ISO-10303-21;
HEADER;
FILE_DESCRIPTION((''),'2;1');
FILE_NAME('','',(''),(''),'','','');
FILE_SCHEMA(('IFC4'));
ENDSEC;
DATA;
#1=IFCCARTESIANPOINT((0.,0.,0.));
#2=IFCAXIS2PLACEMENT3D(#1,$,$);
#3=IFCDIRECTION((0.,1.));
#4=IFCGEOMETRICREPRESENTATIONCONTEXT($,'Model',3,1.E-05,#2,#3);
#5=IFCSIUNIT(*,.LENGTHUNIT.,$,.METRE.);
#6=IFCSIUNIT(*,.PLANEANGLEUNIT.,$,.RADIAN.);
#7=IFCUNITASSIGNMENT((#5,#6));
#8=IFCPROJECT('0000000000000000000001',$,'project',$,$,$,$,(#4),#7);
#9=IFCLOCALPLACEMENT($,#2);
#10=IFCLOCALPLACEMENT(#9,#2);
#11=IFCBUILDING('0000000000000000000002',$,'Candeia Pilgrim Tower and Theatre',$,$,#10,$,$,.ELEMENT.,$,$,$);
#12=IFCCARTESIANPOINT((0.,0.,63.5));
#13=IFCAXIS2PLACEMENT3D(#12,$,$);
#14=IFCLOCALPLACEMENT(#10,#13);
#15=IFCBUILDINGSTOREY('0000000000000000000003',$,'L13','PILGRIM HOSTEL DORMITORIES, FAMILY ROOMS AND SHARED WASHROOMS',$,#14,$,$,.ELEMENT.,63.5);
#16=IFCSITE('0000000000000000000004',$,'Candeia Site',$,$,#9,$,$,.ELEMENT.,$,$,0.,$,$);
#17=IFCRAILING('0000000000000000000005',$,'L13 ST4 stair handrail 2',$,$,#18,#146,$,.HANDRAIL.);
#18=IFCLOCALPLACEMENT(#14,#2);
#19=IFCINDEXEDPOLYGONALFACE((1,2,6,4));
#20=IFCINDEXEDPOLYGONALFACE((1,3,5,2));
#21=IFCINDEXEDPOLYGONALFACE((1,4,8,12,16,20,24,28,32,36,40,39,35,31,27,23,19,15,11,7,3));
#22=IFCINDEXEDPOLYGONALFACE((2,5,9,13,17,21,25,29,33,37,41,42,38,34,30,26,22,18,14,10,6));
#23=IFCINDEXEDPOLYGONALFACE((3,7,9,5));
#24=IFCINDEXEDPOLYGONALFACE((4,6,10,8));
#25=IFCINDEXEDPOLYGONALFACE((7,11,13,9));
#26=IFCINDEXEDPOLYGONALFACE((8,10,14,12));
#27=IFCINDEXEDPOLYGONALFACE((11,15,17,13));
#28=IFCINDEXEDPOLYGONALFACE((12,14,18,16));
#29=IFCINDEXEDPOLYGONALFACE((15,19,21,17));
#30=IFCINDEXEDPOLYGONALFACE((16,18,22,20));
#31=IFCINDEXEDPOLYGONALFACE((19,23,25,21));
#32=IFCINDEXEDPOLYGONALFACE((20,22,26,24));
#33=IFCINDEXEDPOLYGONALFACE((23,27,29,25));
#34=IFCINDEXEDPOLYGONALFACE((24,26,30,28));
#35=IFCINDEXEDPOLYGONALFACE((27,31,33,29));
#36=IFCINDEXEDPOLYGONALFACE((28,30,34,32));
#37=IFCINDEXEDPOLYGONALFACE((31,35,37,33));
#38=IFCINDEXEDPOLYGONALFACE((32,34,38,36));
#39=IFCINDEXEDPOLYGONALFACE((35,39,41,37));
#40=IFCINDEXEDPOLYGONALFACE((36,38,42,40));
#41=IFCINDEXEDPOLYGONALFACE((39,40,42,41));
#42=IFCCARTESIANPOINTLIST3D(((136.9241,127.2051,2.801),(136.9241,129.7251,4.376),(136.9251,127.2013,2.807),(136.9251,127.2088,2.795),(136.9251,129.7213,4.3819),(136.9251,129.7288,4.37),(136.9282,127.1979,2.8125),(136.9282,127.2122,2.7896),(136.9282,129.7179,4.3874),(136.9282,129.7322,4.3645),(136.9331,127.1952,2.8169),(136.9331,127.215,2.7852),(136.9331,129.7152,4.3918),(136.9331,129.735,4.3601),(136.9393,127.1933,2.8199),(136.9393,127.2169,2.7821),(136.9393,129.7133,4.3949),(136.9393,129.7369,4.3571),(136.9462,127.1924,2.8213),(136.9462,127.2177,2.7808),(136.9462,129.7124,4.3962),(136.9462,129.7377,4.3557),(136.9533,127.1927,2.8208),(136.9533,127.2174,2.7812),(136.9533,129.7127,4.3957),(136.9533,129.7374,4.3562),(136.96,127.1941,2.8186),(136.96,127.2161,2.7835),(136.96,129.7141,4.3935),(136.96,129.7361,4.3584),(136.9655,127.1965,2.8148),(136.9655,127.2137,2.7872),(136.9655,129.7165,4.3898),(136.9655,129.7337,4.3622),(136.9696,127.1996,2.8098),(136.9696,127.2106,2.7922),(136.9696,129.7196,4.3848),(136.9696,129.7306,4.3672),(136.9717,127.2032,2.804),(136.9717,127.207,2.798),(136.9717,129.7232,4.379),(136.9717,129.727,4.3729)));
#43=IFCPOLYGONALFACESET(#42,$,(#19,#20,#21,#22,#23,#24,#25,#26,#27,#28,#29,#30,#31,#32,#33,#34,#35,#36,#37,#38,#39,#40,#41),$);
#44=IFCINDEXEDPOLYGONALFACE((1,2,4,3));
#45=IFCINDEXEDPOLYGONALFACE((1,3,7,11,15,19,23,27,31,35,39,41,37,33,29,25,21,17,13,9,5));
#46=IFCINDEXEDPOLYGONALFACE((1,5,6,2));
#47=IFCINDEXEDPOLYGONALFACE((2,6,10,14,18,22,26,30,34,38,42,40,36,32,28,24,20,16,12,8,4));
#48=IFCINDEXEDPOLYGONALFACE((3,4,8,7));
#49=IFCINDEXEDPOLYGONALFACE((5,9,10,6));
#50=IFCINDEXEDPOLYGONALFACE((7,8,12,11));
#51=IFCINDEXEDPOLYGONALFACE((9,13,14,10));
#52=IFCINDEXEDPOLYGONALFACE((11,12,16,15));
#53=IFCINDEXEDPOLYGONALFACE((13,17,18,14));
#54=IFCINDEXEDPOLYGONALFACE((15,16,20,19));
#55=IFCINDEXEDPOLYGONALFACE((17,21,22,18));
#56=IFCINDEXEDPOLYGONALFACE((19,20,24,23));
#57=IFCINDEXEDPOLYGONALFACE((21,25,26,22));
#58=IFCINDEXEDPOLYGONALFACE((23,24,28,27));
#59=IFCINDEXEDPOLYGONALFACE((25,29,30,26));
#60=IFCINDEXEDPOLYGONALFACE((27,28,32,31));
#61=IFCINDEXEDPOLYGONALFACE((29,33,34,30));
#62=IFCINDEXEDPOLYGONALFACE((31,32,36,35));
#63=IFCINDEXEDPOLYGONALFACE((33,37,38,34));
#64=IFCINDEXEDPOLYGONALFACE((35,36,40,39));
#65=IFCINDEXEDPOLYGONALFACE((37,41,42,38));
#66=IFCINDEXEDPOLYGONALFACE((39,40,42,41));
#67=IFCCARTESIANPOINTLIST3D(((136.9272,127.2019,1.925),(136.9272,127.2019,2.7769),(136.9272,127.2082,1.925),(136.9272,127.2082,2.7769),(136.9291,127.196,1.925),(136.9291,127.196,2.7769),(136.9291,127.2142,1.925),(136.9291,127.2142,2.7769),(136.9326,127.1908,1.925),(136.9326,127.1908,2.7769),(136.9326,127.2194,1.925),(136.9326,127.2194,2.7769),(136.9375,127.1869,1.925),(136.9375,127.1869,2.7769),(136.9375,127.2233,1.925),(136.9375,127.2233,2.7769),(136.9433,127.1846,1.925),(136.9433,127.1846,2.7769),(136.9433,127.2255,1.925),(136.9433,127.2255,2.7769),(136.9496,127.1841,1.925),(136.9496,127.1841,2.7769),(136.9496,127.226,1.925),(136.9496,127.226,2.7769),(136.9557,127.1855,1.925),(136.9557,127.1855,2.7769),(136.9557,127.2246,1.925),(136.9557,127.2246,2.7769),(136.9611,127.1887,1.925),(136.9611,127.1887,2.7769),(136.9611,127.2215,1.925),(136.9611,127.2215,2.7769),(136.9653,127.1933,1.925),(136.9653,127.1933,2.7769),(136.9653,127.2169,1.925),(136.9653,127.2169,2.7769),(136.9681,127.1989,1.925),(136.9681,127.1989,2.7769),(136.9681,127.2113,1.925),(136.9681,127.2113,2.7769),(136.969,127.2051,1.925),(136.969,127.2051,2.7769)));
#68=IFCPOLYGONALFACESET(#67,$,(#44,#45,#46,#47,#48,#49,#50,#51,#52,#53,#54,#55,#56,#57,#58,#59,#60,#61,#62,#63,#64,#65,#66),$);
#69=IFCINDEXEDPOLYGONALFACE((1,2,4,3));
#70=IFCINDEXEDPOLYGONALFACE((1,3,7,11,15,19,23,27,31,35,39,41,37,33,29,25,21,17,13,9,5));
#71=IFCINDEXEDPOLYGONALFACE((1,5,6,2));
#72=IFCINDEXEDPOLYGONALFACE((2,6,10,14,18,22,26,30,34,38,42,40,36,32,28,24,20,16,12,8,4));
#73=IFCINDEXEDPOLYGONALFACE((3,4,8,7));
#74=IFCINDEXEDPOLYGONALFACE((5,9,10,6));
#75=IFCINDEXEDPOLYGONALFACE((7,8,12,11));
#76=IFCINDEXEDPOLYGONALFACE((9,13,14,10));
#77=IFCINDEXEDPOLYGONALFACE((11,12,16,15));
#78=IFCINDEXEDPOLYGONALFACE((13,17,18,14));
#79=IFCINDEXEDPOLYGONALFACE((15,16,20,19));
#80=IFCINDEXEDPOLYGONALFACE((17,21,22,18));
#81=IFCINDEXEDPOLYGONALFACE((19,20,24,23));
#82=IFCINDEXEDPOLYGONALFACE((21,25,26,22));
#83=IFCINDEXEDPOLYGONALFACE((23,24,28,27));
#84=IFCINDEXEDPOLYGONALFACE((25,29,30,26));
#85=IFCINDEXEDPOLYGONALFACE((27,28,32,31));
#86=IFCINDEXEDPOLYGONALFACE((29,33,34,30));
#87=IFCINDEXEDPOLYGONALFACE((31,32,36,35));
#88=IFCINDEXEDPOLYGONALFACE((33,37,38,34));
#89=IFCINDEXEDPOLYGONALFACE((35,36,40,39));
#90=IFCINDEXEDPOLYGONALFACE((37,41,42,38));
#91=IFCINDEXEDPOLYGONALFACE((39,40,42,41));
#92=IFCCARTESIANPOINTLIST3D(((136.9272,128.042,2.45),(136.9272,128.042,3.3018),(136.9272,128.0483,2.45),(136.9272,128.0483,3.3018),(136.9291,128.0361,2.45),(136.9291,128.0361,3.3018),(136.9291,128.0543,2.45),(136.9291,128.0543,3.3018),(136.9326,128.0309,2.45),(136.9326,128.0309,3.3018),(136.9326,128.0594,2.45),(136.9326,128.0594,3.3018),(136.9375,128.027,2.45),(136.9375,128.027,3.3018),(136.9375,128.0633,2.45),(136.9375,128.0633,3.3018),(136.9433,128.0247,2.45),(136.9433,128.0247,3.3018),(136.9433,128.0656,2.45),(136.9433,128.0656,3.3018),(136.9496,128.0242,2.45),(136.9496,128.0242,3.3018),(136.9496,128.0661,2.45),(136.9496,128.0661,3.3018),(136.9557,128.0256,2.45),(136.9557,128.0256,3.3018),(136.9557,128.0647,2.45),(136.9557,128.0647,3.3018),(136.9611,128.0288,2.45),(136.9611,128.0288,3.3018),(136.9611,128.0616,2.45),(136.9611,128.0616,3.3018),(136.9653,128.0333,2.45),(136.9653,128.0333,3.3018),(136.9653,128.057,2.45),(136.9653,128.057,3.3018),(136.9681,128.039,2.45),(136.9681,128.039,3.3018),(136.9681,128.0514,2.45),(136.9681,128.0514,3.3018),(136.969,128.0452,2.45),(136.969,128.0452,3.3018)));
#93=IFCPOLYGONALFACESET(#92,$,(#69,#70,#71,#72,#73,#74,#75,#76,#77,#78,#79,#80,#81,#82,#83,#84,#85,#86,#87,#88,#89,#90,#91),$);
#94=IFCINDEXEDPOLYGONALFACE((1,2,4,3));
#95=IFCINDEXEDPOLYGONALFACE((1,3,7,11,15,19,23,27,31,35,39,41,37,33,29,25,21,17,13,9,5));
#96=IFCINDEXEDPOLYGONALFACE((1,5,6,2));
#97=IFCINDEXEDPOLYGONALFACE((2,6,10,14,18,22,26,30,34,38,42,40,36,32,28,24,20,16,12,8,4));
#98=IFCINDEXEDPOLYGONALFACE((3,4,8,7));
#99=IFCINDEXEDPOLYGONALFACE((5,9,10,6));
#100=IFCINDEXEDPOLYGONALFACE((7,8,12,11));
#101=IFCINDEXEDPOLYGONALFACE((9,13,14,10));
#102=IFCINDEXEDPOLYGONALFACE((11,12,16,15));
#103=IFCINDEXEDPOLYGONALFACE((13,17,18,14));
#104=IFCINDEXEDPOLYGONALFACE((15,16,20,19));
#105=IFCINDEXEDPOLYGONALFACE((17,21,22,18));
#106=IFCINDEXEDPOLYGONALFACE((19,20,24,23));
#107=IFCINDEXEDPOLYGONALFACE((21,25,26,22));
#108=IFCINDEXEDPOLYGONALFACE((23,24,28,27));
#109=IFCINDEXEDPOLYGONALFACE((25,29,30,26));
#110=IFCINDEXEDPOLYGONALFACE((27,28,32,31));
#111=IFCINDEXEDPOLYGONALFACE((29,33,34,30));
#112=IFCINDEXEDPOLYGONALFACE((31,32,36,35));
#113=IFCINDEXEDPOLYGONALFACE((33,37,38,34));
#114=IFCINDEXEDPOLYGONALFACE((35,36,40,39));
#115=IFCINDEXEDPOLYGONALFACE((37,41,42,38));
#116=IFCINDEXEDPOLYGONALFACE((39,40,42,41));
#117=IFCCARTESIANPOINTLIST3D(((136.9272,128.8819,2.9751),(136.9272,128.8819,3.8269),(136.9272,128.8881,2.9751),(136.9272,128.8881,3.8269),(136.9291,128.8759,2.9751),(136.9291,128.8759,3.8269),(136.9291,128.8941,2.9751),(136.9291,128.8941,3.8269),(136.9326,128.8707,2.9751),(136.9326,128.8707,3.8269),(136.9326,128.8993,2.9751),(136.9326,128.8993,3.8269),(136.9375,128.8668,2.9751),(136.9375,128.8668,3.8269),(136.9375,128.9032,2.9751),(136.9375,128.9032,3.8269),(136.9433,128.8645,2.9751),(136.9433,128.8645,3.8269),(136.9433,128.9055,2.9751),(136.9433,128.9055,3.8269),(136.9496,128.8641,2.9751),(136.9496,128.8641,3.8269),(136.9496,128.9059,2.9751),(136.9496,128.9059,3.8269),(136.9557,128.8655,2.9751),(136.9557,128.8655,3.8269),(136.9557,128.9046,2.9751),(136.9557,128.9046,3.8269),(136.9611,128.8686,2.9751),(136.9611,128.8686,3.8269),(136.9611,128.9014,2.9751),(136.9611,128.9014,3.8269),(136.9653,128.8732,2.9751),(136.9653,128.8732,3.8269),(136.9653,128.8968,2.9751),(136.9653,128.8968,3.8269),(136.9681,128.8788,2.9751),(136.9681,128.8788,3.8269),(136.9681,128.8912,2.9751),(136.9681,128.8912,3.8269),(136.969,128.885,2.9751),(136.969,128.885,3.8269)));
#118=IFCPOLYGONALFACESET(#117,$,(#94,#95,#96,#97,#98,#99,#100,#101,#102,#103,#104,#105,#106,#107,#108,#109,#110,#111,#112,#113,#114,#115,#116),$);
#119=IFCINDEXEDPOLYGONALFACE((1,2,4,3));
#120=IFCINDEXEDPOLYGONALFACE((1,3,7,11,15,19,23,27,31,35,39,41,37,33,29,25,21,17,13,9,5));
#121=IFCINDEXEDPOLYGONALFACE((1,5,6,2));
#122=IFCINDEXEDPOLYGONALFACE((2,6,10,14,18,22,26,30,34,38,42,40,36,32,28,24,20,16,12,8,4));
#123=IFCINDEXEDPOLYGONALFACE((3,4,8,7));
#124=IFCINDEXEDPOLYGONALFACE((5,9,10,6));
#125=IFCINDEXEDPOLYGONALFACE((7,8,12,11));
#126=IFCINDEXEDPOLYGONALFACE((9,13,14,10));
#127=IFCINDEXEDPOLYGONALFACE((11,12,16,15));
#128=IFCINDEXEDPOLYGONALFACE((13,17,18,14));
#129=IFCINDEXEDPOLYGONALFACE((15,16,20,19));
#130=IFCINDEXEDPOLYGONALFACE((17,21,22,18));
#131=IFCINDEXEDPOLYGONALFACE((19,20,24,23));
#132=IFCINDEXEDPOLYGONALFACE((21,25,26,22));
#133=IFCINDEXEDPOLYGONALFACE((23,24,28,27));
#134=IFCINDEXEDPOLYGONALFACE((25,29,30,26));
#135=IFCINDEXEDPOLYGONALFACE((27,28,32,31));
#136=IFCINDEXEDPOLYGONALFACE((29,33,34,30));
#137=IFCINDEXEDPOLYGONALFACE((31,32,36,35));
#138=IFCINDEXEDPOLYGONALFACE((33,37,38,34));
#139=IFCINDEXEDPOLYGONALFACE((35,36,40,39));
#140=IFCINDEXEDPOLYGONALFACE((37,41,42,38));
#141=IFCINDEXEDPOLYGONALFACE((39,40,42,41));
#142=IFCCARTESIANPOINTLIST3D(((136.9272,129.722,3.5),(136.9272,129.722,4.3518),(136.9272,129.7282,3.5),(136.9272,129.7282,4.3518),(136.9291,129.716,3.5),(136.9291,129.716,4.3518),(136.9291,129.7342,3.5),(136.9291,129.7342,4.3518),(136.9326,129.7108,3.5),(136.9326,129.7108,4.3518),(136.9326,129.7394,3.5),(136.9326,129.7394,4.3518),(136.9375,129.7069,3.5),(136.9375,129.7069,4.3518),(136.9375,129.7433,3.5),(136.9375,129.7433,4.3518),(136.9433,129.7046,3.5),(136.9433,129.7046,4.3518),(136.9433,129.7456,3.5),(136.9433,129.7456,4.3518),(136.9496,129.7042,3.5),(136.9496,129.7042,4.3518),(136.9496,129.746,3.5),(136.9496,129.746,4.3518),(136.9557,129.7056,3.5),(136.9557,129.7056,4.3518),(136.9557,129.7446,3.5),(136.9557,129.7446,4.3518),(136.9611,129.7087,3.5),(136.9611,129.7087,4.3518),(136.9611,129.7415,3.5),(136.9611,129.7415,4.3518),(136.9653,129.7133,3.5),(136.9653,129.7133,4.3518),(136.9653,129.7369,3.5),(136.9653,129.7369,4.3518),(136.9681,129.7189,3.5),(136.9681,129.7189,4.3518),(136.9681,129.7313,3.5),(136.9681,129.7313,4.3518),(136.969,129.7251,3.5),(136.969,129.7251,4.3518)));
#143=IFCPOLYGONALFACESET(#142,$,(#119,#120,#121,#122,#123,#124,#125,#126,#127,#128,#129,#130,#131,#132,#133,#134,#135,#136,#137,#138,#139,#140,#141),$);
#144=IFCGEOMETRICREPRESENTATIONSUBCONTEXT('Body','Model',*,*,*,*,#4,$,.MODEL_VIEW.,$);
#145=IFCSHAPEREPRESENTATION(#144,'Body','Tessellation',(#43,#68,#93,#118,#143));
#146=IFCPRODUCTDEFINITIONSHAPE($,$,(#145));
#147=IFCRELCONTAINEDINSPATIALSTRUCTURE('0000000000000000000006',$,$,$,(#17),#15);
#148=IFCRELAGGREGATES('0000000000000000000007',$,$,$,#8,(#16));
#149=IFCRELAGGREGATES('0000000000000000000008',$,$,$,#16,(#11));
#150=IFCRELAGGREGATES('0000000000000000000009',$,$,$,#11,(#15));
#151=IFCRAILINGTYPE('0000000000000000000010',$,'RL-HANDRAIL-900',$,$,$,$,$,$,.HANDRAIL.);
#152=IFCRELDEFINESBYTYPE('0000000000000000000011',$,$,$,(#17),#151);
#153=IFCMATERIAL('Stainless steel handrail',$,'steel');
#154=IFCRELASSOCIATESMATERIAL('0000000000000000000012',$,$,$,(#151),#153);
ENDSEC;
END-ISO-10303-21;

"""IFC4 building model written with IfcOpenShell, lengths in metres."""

from ifc_helpers import new_model, si_unit, direction, frame, origin, origin_2d, place, context, subcontext, project, spatial, circle, extrude, material, type_object, element, save


model = new_model("IFC4")

# Units and contexts
model_context = context("Model", 3, precision=1e-05, world=origin(), true_north=direction((0.0, 1.0)))
body_context = subcontext(model_context, "Body", "Model", "MODEL_VIEW")
ifc_project = project(units=[si_unit("LENGTHUNIT", "METRE"), si_unit("PLANEANGLEUNIT", "RADIAN")], contexts=[model_context])

# Site, building, storey
site_placement = place(None, origin())
site = spatial("IfcSite", under=ifc_project, at=site_placement, Name="Candeia Site", CompositionType="ELEMENT", RefElevation=0.0)
building_placement = place(site_placement, origin())
building = spatial("IfcBuilding", under=site, at=building_placement, Name="Candeia Pilgrim Tower and Theatre", CompositionType="ELEMENT")
storey_placement = place(building_placement, frame((0.0, 0.0, 63.5)))
storey = spatial("IfcBuildingStorey", under=building, at=storey_placement, Name="L13", Description="PILGRIM HOSTEL DORMITORIES, FAMILY ROOMS AND SHARED WASHROOMS", CompositionType="ELEMENT", Elevation=63.5)

# Railing
ifc_material_1 = material(Name="Stainless steel handrail", Category="steel")
railing_type_1 = type_object("IfcRailingType", Name="RL-HANDRAIL-900", PredefinedType="HANDRAIL", material=ifc_material_1)
railing_1_placement = place(storey_placement, frame((136.948, 127.2051, 1.925)))
element("IfcRailing", 1, at=railing_1_placement, inside=storey, type_object=railing_type_1, Name="L13 ST4 stair handrail 2", PredefinedType="HANDRAIL", context=body_context, shape_type="SweptSolid", body=[
    extrude(circle(Radius=0.0239, at=origin_2d()), frame((0.0, 0.0, 0.876), z_axis=(0.0, 0.848008, 0.529984), x_axis=(-1.0, 0.0, 0.0)), (0.0, 0.0, 1.0), 2.9717),
    extrude(circle(Radius=0.021, at=origin_2d()), origin(), (0.0, 0.0, 1.0), 0.8518),
    extrude(circle(Radius=0.021, at=origin_2d()), frame((0.0, 0.8401, 0.5249)), (0.0, 0.0, 1.0), 0.8518),
    extrude(circle(Radius=0.021, at=origin_2d()), frame((0.0, 1.6799, 1.05)), (0.0, 0.0, 1.0), 0.8518),
    extrude(circle(Radius=0.021, at=origin_2d()), frame((0.0, 2.52, 1.575)), (0.0, 0.0, 1.0), 0.8518),
])

save(model, "model.ifc")
